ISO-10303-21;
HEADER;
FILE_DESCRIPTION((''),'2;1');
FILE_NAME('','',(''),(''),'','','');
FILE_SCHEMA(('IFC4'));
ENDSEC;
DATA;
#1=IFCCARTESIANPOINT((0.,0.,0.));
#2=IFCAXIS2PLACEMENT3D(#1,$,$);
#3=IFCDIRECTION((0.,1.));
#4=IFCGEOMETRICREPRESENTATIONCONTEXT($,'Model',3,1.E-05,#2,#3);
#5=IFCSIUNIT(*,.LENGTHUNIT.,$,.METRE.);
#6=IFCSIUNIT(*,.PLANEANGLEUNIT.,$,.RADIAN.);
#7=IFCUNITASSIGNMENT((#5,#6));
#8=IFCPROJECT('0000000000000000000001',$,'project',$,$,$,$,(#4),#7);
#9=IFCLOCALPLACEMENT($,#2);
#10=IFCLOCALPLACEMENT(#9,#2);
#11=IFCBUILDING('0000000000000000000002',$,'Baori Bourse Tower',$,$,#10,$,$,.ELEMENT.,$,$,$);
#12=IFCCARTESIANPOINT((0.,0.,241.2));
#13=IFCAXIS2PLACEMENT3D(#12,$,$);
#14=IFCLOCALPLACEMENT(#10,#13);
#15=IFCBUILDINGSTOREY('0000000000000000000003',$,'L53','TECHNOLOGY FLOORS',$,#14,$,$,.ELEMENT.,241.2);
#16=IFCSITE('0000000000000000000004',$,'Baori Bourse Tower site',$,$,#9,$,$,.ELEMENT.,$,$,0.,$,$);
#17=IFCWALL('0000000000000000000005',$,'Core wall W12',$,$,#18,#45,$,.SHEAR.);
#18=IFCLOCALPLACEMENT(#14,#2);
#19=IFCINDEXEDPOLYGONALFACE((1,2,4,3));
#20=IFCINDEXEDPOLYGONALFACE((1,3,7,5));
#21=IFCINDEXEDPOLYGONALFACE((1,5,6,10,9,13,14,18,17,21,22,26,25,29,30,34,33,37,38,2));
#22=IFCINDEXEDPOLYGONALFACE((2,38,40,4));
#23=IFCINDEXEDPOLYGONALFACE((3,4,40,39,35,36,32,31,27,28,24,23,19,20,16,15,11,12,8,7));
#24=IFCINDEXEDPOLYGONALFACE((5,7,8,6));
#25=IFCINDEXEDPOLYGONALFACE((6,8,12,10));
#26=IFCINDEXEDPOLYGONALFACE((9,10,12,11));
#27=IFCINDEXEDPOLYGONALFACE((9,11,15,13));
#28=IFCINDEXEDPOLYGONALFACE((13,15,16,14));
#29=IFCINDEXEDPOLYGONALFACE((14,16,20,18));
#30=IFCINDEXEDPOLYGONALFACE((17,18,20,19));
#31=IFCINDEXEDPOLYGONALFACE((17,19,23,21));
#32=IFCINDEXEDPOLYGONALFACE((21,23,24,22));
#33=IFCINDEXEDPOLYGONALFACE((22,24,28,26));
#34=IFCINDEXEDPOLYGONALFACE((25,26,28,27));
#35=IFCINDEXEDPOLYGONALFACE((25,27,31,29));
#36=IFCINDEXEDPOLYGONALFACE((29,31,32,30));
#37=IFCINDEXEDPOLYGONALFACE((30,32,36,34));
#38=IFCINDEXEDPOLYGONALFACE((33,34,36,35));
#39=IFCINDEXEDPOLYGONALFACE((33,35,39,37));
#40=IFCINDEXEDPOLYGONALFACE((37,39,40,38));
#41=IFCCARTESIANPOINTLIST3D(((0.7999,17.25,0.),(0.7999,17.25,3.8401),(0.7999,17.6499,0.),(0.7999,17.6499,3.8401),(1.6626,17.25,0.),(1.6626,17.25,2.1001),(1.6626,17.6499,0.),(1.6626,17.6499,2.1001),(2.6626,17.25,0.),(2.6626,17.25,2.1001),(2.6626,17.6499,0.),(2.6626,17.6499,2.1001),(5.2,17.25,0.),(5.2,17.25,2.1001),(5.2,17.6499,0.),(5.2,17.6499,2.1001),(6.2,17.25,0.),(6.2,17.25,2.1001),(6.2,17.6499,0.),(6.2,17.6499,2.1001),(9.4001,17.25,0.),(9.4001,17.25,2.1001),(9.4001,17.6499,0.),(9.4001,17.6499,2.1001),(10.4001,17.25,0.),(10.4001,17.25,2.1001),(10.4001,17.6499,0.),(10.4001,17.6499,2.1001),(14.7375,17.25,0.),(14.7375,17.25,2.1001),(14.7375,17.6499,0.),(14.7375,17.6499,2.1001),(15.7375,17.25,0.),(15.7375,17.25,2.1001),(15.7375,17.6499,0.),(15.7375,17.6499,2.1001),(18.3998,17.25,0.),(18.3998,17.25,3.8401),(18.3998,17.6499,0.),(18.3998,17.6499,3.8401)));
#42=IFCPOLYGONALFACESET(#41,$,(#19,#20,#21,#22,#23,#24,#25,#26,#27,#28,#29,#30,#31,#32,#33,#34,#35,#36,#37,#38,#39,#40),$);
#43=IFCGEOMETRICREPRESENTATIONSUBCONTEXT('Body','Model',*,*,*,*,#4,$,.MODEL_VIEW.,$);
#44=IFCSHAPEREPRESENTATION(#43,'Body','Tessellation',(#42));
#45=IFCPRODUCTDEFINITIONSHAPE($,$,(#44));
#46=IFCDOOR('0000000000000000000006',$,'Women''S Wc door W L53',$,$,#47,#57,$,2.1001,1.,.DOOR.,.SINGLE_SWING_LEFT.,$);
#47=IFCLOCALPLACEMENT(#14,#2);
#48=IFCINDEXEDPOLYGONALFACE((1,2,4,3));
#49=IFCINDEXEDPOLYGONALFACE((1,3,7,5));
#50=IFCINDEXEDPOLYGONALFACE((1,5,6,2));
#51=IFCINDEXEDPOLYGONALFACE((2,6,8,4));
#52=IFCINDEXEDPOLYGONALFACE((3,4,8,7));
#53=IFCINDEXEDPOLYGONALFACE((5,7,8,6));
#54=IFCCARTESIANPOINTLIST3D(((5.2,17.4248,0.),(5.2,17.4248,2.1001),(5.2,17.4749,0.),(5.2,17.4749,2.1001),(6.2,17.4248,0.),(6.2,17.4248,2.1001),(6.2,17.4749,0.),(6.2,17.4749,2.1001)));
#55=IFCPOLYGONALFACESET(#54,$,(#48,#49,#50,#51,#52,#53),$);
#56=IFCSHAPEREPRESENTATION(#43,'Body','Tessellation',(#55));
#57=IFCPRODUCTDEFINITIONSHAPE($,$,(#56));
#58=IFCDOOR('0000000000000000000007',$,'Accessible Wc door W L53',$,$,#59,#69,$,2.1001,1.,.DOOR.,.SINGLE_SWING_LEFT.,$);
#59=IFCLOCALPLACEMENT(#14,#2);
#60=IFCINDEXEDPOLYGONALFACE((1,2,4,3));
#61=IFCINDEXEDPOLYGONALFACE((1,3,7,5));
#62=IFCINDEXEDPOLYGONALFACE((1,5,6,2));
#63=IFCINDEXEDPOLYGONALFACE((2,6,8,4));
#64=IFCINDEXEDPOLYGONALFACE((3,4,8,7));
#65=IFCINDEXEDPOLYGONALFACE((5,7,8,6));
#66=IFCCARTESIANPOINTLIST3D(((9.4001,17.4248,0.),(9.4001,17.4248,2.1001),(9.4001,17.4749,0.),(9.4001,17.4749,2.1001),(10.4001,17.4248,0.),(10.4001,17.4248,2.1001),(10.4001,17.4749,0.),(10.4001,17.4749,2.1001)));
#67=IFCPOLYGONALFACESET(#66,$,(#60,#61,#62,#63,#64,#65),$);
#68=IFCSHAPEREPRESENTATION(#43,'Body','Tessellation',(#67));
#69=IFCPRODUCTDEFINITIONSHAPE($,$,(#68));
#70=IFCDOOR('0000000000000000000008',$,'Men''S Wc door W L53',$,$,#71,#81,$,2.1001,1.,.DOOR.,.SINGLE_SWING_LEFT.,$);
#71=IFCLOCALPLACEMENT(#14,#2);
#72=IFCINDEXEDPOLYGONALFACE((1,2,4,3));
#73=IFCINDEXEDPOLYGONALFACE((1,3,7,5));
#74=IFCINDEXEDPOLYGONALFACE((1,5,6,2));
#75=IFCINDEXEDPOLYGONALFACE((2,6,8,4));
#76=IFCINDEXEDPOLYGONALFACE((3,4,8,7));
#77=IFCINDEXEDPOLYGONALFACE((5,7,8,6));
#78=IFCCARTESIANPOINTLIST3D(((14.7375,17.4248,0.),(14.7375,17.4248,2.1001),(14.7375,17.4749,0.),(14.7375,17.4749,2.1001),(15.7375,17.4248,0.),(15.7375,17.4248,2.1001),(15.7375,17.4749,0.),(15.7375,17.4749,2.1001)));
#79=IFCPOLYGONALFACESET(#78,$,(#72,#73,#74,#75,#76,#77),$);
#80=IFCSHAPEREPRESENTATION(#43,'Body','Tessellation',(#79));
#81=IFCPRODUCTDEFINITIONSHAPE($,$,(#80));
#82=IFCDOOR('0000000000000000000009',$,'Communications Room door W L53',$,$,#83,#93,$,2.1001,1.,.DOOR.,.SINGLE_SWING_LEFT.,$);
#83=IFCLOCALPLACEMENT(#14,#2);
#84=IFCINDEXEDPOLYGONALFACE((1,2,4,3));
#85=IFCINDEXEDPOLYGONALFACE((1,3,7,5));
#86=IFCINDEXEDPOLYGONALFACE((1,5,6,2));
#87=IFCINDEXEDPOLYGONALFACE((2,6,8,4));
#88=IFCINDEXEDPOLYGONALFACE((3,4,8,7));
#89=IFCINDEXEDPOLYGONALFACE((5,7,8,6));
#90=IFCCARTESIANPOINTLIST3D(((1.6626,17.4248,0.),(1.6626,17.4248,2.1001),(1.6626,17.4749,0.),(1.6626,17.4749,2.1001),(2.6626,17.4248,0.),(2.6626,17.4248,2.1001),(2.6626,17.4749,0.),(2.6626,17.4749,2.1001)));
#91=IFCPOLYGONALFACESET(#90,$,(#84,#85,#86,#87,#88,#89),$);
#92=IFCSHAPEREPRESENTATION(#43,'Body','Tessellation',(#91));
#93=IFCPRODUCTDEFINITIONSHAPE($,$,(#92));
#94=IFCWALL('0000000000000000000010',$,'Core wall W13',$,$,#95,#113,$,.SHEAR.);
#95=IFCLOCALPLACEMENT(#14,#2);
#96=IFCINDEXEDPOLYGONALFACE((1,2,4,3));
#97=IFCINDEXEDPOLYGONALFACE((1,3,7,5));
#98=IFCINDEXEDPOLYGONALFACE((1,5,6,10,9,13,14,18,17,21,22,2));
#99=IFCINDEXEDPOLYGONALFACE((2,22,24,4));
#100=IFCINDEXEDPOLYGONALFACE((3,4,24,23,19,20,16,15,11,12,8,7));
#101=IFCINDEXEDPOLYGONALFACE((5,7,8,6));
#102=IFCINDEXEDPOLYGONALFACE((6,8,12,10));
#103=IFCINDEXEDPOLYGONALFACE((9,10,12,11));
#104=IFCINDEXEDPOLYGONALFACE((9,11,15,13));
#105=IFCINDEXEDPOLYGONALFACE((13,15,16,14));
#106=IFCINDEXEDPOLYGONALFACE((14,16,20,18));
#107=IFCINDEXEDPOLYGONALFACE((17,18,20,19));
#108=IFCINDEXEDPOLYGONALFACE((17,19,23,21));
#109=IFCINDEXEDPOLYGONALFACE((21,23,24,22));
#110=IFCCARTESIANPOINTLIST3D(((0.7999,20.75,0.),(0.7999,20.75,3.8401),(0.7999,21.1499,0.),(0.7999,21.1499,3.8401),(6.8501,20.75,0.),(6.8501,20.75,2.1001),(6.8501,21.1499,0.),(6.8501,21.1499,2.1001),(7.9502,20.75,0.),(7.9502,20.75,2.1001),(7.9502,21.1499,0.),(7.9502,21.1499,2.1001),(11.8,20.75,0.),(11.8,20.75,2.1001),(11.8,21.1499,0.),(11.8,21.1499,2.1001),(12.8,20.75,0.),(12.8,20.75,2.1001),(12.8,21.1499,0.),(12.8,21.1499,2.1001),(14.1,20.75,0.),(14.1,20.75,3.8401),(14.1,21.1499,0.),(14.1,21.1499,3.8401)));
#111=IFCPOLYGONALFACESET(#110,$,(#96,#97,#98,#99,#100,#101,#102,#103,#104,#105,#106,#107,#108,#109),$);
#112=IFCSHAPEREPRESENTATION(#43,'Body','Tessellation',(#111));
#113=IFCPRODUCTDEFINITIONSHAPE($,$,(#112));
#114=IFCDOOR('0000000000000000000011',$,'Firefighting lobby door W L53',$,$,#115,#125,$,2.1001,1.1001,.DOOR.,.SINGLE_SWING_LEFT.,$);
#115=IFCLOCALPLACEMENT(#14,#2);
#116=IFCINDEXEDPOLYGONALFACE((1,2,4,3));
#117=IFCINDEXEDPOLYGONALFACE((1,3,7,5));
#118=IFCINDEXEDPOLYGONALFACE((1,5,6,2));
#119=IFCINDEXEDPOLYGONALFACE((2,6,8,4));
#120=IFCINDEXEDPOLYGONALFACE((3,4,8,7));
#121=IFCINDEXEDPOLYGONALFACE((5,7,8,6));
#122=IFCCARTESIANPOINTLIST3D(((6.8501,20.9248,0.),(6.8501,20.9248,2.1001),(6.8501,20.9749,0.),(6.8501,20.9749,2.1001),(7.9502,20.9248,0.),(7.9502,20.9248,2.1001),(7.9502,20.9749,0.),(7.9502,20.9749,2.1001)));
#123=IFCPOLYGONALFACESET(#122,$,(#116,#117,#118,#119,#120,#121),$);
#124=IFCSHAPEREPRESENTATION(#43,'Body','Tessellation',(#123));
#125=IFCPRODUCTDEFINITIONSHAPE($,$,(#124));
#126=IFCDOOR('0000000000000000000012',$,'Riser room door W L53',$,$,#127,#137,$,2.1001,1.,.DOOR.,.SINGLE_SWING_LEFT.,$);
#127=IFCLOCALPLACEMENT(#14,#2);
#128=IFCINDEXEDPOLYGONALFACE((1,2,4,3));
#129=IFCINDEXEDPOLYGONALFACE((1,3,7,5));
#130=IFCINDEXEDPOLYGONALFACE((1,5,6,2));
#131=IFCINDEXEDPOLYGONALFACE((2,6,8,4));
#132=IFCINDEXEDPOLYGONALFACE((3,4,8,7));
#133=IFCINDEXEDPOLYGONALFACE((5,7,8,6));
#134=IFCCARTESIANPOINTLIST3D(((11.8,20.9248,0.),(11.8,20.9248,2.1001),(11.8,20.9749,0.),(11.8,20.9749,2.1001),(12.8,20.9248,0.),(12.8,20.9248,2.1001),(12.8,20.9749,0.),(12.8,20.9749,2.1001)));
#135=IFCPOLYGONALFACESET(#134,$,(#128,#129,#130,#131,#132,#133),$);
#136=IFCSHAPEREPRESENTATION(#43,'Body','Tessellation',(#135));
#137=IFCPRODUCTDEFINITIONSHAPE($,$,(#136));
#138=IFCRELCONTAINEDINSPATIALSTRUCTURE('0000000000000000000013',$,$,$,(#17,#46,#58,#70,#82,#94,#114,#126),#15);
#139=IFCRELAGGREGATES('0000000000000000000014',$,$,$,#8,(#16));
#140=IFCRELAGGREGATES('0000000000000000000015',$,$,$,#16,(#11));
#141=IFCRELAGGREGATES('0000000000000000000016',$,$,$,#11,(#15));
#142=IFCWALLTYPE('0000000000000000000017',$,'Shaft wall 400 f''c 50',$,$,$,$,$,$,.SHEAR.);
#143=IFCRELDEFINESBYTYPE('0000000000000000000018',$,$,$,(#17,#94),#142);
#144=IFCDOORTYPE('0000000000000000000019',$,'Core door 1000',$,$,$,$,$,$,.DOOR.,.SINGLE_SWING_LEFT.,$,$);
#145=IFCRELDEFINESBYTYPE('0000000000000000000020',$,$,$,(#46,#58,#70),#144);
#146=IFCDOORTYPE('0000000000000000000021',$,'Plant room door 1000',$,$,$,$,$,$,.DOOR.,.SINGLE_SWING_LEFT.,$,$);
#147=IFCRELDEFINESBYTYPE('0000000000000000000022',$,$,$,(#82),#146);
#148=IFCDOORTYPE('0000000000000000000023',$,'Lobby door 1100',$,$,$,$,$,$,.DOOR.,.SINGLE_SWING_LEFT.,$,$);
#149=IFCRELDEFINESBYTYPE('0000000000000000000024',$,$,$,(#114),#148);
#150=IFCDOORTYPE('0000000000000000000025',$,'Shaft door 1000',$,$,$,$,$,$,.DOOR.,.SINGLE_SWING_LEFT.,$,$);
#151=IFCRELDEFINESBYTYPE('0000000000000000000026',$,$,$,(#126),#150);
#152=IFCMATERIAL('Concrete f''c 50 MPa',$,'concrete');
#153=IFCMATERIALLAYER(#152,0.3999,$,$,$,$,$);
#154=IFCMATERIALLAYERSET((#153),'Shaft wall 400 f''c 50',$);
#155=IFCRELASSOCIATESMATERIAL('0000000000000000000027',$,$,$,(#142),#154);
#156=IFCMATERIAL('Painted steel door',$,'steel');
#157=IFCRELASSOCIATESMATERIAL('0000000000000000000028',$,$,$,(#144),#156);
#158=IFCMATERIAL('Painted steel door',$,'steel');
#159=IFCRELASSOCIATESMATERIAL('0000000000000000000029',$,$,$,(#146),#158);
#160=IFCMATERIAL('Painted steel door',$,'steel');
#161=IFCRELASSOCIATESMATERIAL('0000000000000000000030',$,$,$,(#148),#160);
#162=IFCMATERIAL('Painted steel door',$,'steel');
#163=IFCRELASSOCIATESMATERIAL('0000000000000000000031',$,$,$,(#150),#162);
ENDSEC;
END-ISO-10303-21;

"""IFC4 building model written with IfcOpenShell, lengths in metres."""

from ifc_helpers import new_model, si_unit, direction, frame, frame_2d, origin, place, context, subcontext, project, spatial, rectangle, extrude, material, layer, layer_set, type_object, element, fill, save


model = new_model("IFC4")

# Units and contexts
model_context = context("Model", 3, precision=1e-05, world=origin(), true_north=direction((0.0, 1.0)))
body_context = subcontext(model_context, "Body", "Model", "MODEL_VIEW")
ifc_project = project(units=[si_unit("LENGTHUNIT", "METRE"), si_unit("PLANEANGLEUNIT", "RADIAN")], contexts=[model_context])

# Site, building, storey
site_placement = place(None, origin())
site = spatial("IfcSite", under=ifc_project, at=site_placement, Name="Baori Bourse Tower site", CompositionType="ELEMENT", RefElevation=0.0)
building_placement = place(site_placement, origin())
building = spatial("IfcBuilding", under=site, at=building_placement, Name="Baori Bourse Tower", CompositionType="ELEMENT")
storey_placement = place(building_placement, frame((0.0, 0.0, 241.2)))
storey = spatial("IfcBuildingStorey", under=building, at=storey_placement, Name="L53", Description="TECHNOLOGY FLOORS", CompositionType="ELEMENT", Elevation=241.2)

# Shared definitions
ifc_material_1 = material(Name="Concrete f'c 50 MPa", Category="concrete")
ifc_layer_1 = layer(ifc_material_1, 0.3999)
ifc_layer_set_1 = layer_set([ifc_layer_1], Name="Shaft wall 400 f'c 50")
wall_type_1 = type_object("IfcWallType", Name="Shaft wall 400 f'c 50", PredefinedType="SHEAR", material=ifc_layer_set_1)

# Walls, openings, doors
wall_1_placement = place(storey_placement, frame((0.8, 17.45, 0.0), z_axis=(0.0, 0.0, 1.0), x_axis=(1.0, 0.0, 0.0)))
wall_1 = element("IfcWall", 1, at=wall_1_placement, inside=storey, type_object=wall_type_1, Name="Core wall W12", PredefinedType="SHEAR", context=body_context, shape_type="SweptSolid", body=[
    extrude(rectangle(XDim=17.5999, YDim=0.3999, at=frame_2d((8.7998, 0.0))), origin(), (0.0, 0.0, 1.0), 3.8401),
])
opening_1_placement = place(wall_1_placement, frame((0.8625, 0.0, 0.0)))
opening_1 = element("IfcOpeningElement", 2, at=opening_1_placement, cuts=wall_1, PredefinedType="OPENING", context=body_context, shape_type="SweptSolid", body=[
    extrude(rectangle(XDim=1.0, YDim=2.1001, at=frame_2d((0.5, 1.05))), frame((0.0, 0.21, 0.0), z_axis=(0.0, -1.0, 0.0), x_axis=(1.0, 0.0, 0.0)), (0.0, 0.0, 1.0), 0.4199),
])
opening_2_placement = place(wall_1_placement, frame((4.3999, 0.0, 0.0)))
opening_2 = element("IfcOpeningElement", 3, at=opening_2_placement, cuts=wall_1, PredefinedType="OPENING", context=body_context, shape_type="SweptSolid", body=[
    extrude(rectangle(XDim=1.0, YDim=2.1001, at=frame_2d((0.5, 1.05))), frame((0.0, 0.21, 0.0), z_axis=(0.0, -1.0, 0.0), x_axis=(1.0, 0.0, 0.0)), (0.0, 0.0, 1.0), 0.4199),
])
opening_3_placement = place(wall_1_placement, frame((8.6001, 0.0, 0.0)))
opening_3 = element("IfcOpeningElement", 4, at=opening_3_placement, cuts=wall_1, PredefinedType="OPENING", context=body_context, shape_type="SweptSolid", body=[
    extrude(rectangle(XDim=1.0, YDim=2.1001, at=frame_2d((0.5, 1.05))), frame((0.0, 0.21, 0.0), z_axis=(0.0, -1.0, 0.0), x_axis=(1.0, 0.0, 0.0)), (0.0, 0.0, 1.0), 0.4199),
])
opening_4_placement = place(wall_1_placement, frame((13.9375, 0.0, 0.0)))
opening_4 = element("IfcOpeningElement", 5, at=opening_4_placement, cuts=wall_1, PredefinedType="OPENING", context=body_context, shape_type="SweptSolid", body=[
    extrude(rectangle(XDim=1.0, YDim=2.1001, at=frame_2d((0.5, 1.05))), frame((0.0, 0.21, 0.0), z_axis=(0.0, -1.0, 0.0), x_axis=(1.0, 0.0, 0.0)), (0.0, 0.0, 1.0), 0.4199),
])
ifc_material_2 = material(Name="Painted steel door", Category="steel")
door_type_1 = type_object("IfcDoorType", Name="Core door 1000", OperationType="SINGLE_SWING_LEFT", PredefinedType="DOOR", material=ifc_material_2)
door_1_placement = place(opening_2_placement, origin())
door_1 = element("IfcDoor", 6, at=door_1_placement, inside=storey, type_object=door_type_1, Name="Women'S Wc door W L53", OperationType="SINGLE_SWING_LEFT", OverallHeight=2.1001, OverallWidth=1.0, PredefinedType="DOOR", context=body_context, shape_type="SweptSolid", body=[
    extrude(rectangle(XDim=1.0, YDim=2.1001, at=frame_2d((0.5, 1.05))), frame((0.0, 0.0249, 0.0), z_axis=(0.0, -1.0, 0.0), x_axis=(1.0, 0.0, 0.0)), (0.0, 0.0, 1.0), 0.05),
])
fill(opening_2, door_1)
door_2_placement = place(opening_3_placement, origin())
door_2 = element("IfcDoor", 7, at=door_2_placement, inside=storey, type_object=door_type_1, Name="Accessible Wc door W L53", OperationType="SINGLE_SWING_LEFT", OverallHeight=2.1001, OverallWidth=1.0, PredefinedType="DOOR", context=body_context, shape_type="SweptSolid", body=[
    extrude(rectangle(XDim=1.0, YDim=2.1001, at=frame_2d((0.5, 1.05))), frame((0.0, 0.0249, 0.0), z_axis=(0.0, -1.0, 0.0), x_axis=(1.0, 0.0, 0.0)), (0.0, 0.0, 1.0), 0.05),
])
fill(opening_3, door_2)
door_3_placement = place(opening_4_placement, origin())
door_3 = element("IfcDoor", 8, at=door_3_placement, inside=storey, type_object=door_type_1, Name="Men'S Wc door W L53", OperationType="SINGLE_SWING_LEFT", OverallHeight=2.1001, OverallWidth=1.0, PredefinedType="DOOR", context=body_context, shape_type="SweptSolid", body=[
    extrude(rectangle(XDim=1.0, YDim=2.1001, at=frame_2d((0.5, 1.05))), frame((0.0, 0.0249, 0.0), z_axis=(0.0, -1.0, 0.0), x_axis=(1.0, 0.0, 0.0)), (0.0, 0.0, 1.0), 0.05),
])
fill(opening_4, door_3)
ifc_material_3 = material(Name="Painted steel door", Category="steel")
door_type_2 = type_object("IfcDoorType", Name="Plant room door 1000", OperationType="SINGLE_SWING_LEFT", PredefinedType="DOOR", material=ifc_material_3)
door_4_placement = place(opening_1_placement, origin())
door_4 = element("IfcDoor", 9, at=door_4_placement, inside=storey, type_object=door_type_2, Name="Communications Room door W L53", OperationType="SINGLE_SWING_LEFT", OverallHeight=2.1001, OverallWidth=1.0, PredefinedType="DOOR", context=body_context, shape_type="SweptSolid", body=[
    extrude(rectangle(XDim=1.0, YDim=2.1001, at=frame_2d((0.5, 1.05))), frame((0.0, 0.0249, 0.0), z_axis=(0.0, -1.0, 0.0), x_axis=(1.0, 0.0, 0.0)), (0.0, 0.0, 1.0), 0.05),
])
fill(opening_1, door_4)
wall_2_placement = place(storey_placement, frame((0.8, 20.95, 0.0), z_axis=(0.0, 0.0, 1.0), x_axis=(1.0, 0.0, 0.0)))
wall_2 = element("IfcWall", 10, at=wall_2_placement, inside=storey, type_object=wall_type_1, Name="Core wall W13", PredefinedType="SHEAR", context=body_context, shape_type="SweptSolid", body=[
    extrude(rectangle(XDim=13.3, YDim=0.3999, at=frame_2d((6.6499, 0.0))), origin(), (0.0, 0.0, 1.0), 3.8401),
])
opening_5_placement = place(wall_2_placement, frame((6.05, 0.0, 0.0)))
opening_5 = element("IfcOpeningElement", 11, at=opening_5_placement, cuts=wall_2, PredefinedType="OPENING", context=body_context, shape_type="SweptSolid", body=[
    extrude(rectangle(XDim=1.1001, YDim=2.1001, at=frame_2d((0.55, 1.05))), frame((0.0, 0.21, 0.0), z_axis=(0.0, -1.0, 0.0), x_axis=(1.0, 0.0, 0.0)), (0.0, 0.0, 1.0), 0.4199),
])
opening_6_placement = place(wall_2_placement, frame((11.0, 0.0, 0.0)))
opening_6 = element("IfcOpeningElement", 12, at=opening_6_placement, cuts=wall_2, PredefinedType="OPENING", context=body_context, shape_type="SweptSolid", body=[
    extrude(rectangle(XDim=1.0, YDim=2.1001, at=frame_2d((0.5, 1.05))), frame((0.0, 0.21, 0.0), z_axis=(0.0, -1.0, 0.0), x_axis=(1.0, 0.0, 0.0)), (0.0, 0.0, 1.0), 0.4199),
])
ifc_material_4 = material(Name="Painted steel door", Category="steel")
door_type_3 = type_object("IfcDoorType", Name="Lobby door 1100", OperationType="SINGLE_SWING_LEFT", PredefinedType="DOOR", material=ifc_material_4)
door_5_placement = place(opening_5_placement, origin())
door_5 = element("IfcDoor", 13, at=door_5_placement, inside=storey, type_object=door_type_3, Name="Firefighting lobby door W L53", OperationType="SINGLE_SWING_LEFT", OverallHeight=2.1001, OverallWidth=1.1001, PredefinedType="DOOR", context=body_context, shape_type="SweptSolid", body=[
    extrude(rectangle(XDim=1.1001, YDim=2.1001, at=frame_2d((0.55, 1.05))), frame((0.0, 0.0249, 0.0), z_axis=(0.0, -1.0, 0.0), x_axis=(1.0, 0.0, 0.0)), (0.0, 0.0, 1.0), 0.05),
])
fill(opening_5, door_5)
ifc_material_5 = material(Name="Painted steel door", Category="steel")
door_type_4 = type_object("IfcDoorType", Name="Shaft door 1000", OperationType="SINGLE_SWING_LEFT", PredefinedType="DOOR", material=ifc_material_5)
door_6_placement = place(opening_6_placement, origin())
door_6 = element("IfcDoor", 14, at=door_6_placement, inside=storey, type_object=door_type_4, Name="Riser room door W L53", OperationType="SINGLE_SWING_LEFT", OverallHeight=2.1001, OverallWidth=1.0, PredefinedType="DOOR", context=body_context, shape_type="SweptSolid", body=[
    extrude(rectangle(XDim=1.0, YDim=2.1001, at=frame_2d((0.5, 1.05))), frame((0.0, 0.0249, 0.0), z_axis=(0.0, -1.0, 0.0), x_axis=(1.0, 0.0, 0.0)), (0.0, 0.0, 1.0), 0.05),
])
fill(opening_6, door_6)

save(model, "model.ifc")
